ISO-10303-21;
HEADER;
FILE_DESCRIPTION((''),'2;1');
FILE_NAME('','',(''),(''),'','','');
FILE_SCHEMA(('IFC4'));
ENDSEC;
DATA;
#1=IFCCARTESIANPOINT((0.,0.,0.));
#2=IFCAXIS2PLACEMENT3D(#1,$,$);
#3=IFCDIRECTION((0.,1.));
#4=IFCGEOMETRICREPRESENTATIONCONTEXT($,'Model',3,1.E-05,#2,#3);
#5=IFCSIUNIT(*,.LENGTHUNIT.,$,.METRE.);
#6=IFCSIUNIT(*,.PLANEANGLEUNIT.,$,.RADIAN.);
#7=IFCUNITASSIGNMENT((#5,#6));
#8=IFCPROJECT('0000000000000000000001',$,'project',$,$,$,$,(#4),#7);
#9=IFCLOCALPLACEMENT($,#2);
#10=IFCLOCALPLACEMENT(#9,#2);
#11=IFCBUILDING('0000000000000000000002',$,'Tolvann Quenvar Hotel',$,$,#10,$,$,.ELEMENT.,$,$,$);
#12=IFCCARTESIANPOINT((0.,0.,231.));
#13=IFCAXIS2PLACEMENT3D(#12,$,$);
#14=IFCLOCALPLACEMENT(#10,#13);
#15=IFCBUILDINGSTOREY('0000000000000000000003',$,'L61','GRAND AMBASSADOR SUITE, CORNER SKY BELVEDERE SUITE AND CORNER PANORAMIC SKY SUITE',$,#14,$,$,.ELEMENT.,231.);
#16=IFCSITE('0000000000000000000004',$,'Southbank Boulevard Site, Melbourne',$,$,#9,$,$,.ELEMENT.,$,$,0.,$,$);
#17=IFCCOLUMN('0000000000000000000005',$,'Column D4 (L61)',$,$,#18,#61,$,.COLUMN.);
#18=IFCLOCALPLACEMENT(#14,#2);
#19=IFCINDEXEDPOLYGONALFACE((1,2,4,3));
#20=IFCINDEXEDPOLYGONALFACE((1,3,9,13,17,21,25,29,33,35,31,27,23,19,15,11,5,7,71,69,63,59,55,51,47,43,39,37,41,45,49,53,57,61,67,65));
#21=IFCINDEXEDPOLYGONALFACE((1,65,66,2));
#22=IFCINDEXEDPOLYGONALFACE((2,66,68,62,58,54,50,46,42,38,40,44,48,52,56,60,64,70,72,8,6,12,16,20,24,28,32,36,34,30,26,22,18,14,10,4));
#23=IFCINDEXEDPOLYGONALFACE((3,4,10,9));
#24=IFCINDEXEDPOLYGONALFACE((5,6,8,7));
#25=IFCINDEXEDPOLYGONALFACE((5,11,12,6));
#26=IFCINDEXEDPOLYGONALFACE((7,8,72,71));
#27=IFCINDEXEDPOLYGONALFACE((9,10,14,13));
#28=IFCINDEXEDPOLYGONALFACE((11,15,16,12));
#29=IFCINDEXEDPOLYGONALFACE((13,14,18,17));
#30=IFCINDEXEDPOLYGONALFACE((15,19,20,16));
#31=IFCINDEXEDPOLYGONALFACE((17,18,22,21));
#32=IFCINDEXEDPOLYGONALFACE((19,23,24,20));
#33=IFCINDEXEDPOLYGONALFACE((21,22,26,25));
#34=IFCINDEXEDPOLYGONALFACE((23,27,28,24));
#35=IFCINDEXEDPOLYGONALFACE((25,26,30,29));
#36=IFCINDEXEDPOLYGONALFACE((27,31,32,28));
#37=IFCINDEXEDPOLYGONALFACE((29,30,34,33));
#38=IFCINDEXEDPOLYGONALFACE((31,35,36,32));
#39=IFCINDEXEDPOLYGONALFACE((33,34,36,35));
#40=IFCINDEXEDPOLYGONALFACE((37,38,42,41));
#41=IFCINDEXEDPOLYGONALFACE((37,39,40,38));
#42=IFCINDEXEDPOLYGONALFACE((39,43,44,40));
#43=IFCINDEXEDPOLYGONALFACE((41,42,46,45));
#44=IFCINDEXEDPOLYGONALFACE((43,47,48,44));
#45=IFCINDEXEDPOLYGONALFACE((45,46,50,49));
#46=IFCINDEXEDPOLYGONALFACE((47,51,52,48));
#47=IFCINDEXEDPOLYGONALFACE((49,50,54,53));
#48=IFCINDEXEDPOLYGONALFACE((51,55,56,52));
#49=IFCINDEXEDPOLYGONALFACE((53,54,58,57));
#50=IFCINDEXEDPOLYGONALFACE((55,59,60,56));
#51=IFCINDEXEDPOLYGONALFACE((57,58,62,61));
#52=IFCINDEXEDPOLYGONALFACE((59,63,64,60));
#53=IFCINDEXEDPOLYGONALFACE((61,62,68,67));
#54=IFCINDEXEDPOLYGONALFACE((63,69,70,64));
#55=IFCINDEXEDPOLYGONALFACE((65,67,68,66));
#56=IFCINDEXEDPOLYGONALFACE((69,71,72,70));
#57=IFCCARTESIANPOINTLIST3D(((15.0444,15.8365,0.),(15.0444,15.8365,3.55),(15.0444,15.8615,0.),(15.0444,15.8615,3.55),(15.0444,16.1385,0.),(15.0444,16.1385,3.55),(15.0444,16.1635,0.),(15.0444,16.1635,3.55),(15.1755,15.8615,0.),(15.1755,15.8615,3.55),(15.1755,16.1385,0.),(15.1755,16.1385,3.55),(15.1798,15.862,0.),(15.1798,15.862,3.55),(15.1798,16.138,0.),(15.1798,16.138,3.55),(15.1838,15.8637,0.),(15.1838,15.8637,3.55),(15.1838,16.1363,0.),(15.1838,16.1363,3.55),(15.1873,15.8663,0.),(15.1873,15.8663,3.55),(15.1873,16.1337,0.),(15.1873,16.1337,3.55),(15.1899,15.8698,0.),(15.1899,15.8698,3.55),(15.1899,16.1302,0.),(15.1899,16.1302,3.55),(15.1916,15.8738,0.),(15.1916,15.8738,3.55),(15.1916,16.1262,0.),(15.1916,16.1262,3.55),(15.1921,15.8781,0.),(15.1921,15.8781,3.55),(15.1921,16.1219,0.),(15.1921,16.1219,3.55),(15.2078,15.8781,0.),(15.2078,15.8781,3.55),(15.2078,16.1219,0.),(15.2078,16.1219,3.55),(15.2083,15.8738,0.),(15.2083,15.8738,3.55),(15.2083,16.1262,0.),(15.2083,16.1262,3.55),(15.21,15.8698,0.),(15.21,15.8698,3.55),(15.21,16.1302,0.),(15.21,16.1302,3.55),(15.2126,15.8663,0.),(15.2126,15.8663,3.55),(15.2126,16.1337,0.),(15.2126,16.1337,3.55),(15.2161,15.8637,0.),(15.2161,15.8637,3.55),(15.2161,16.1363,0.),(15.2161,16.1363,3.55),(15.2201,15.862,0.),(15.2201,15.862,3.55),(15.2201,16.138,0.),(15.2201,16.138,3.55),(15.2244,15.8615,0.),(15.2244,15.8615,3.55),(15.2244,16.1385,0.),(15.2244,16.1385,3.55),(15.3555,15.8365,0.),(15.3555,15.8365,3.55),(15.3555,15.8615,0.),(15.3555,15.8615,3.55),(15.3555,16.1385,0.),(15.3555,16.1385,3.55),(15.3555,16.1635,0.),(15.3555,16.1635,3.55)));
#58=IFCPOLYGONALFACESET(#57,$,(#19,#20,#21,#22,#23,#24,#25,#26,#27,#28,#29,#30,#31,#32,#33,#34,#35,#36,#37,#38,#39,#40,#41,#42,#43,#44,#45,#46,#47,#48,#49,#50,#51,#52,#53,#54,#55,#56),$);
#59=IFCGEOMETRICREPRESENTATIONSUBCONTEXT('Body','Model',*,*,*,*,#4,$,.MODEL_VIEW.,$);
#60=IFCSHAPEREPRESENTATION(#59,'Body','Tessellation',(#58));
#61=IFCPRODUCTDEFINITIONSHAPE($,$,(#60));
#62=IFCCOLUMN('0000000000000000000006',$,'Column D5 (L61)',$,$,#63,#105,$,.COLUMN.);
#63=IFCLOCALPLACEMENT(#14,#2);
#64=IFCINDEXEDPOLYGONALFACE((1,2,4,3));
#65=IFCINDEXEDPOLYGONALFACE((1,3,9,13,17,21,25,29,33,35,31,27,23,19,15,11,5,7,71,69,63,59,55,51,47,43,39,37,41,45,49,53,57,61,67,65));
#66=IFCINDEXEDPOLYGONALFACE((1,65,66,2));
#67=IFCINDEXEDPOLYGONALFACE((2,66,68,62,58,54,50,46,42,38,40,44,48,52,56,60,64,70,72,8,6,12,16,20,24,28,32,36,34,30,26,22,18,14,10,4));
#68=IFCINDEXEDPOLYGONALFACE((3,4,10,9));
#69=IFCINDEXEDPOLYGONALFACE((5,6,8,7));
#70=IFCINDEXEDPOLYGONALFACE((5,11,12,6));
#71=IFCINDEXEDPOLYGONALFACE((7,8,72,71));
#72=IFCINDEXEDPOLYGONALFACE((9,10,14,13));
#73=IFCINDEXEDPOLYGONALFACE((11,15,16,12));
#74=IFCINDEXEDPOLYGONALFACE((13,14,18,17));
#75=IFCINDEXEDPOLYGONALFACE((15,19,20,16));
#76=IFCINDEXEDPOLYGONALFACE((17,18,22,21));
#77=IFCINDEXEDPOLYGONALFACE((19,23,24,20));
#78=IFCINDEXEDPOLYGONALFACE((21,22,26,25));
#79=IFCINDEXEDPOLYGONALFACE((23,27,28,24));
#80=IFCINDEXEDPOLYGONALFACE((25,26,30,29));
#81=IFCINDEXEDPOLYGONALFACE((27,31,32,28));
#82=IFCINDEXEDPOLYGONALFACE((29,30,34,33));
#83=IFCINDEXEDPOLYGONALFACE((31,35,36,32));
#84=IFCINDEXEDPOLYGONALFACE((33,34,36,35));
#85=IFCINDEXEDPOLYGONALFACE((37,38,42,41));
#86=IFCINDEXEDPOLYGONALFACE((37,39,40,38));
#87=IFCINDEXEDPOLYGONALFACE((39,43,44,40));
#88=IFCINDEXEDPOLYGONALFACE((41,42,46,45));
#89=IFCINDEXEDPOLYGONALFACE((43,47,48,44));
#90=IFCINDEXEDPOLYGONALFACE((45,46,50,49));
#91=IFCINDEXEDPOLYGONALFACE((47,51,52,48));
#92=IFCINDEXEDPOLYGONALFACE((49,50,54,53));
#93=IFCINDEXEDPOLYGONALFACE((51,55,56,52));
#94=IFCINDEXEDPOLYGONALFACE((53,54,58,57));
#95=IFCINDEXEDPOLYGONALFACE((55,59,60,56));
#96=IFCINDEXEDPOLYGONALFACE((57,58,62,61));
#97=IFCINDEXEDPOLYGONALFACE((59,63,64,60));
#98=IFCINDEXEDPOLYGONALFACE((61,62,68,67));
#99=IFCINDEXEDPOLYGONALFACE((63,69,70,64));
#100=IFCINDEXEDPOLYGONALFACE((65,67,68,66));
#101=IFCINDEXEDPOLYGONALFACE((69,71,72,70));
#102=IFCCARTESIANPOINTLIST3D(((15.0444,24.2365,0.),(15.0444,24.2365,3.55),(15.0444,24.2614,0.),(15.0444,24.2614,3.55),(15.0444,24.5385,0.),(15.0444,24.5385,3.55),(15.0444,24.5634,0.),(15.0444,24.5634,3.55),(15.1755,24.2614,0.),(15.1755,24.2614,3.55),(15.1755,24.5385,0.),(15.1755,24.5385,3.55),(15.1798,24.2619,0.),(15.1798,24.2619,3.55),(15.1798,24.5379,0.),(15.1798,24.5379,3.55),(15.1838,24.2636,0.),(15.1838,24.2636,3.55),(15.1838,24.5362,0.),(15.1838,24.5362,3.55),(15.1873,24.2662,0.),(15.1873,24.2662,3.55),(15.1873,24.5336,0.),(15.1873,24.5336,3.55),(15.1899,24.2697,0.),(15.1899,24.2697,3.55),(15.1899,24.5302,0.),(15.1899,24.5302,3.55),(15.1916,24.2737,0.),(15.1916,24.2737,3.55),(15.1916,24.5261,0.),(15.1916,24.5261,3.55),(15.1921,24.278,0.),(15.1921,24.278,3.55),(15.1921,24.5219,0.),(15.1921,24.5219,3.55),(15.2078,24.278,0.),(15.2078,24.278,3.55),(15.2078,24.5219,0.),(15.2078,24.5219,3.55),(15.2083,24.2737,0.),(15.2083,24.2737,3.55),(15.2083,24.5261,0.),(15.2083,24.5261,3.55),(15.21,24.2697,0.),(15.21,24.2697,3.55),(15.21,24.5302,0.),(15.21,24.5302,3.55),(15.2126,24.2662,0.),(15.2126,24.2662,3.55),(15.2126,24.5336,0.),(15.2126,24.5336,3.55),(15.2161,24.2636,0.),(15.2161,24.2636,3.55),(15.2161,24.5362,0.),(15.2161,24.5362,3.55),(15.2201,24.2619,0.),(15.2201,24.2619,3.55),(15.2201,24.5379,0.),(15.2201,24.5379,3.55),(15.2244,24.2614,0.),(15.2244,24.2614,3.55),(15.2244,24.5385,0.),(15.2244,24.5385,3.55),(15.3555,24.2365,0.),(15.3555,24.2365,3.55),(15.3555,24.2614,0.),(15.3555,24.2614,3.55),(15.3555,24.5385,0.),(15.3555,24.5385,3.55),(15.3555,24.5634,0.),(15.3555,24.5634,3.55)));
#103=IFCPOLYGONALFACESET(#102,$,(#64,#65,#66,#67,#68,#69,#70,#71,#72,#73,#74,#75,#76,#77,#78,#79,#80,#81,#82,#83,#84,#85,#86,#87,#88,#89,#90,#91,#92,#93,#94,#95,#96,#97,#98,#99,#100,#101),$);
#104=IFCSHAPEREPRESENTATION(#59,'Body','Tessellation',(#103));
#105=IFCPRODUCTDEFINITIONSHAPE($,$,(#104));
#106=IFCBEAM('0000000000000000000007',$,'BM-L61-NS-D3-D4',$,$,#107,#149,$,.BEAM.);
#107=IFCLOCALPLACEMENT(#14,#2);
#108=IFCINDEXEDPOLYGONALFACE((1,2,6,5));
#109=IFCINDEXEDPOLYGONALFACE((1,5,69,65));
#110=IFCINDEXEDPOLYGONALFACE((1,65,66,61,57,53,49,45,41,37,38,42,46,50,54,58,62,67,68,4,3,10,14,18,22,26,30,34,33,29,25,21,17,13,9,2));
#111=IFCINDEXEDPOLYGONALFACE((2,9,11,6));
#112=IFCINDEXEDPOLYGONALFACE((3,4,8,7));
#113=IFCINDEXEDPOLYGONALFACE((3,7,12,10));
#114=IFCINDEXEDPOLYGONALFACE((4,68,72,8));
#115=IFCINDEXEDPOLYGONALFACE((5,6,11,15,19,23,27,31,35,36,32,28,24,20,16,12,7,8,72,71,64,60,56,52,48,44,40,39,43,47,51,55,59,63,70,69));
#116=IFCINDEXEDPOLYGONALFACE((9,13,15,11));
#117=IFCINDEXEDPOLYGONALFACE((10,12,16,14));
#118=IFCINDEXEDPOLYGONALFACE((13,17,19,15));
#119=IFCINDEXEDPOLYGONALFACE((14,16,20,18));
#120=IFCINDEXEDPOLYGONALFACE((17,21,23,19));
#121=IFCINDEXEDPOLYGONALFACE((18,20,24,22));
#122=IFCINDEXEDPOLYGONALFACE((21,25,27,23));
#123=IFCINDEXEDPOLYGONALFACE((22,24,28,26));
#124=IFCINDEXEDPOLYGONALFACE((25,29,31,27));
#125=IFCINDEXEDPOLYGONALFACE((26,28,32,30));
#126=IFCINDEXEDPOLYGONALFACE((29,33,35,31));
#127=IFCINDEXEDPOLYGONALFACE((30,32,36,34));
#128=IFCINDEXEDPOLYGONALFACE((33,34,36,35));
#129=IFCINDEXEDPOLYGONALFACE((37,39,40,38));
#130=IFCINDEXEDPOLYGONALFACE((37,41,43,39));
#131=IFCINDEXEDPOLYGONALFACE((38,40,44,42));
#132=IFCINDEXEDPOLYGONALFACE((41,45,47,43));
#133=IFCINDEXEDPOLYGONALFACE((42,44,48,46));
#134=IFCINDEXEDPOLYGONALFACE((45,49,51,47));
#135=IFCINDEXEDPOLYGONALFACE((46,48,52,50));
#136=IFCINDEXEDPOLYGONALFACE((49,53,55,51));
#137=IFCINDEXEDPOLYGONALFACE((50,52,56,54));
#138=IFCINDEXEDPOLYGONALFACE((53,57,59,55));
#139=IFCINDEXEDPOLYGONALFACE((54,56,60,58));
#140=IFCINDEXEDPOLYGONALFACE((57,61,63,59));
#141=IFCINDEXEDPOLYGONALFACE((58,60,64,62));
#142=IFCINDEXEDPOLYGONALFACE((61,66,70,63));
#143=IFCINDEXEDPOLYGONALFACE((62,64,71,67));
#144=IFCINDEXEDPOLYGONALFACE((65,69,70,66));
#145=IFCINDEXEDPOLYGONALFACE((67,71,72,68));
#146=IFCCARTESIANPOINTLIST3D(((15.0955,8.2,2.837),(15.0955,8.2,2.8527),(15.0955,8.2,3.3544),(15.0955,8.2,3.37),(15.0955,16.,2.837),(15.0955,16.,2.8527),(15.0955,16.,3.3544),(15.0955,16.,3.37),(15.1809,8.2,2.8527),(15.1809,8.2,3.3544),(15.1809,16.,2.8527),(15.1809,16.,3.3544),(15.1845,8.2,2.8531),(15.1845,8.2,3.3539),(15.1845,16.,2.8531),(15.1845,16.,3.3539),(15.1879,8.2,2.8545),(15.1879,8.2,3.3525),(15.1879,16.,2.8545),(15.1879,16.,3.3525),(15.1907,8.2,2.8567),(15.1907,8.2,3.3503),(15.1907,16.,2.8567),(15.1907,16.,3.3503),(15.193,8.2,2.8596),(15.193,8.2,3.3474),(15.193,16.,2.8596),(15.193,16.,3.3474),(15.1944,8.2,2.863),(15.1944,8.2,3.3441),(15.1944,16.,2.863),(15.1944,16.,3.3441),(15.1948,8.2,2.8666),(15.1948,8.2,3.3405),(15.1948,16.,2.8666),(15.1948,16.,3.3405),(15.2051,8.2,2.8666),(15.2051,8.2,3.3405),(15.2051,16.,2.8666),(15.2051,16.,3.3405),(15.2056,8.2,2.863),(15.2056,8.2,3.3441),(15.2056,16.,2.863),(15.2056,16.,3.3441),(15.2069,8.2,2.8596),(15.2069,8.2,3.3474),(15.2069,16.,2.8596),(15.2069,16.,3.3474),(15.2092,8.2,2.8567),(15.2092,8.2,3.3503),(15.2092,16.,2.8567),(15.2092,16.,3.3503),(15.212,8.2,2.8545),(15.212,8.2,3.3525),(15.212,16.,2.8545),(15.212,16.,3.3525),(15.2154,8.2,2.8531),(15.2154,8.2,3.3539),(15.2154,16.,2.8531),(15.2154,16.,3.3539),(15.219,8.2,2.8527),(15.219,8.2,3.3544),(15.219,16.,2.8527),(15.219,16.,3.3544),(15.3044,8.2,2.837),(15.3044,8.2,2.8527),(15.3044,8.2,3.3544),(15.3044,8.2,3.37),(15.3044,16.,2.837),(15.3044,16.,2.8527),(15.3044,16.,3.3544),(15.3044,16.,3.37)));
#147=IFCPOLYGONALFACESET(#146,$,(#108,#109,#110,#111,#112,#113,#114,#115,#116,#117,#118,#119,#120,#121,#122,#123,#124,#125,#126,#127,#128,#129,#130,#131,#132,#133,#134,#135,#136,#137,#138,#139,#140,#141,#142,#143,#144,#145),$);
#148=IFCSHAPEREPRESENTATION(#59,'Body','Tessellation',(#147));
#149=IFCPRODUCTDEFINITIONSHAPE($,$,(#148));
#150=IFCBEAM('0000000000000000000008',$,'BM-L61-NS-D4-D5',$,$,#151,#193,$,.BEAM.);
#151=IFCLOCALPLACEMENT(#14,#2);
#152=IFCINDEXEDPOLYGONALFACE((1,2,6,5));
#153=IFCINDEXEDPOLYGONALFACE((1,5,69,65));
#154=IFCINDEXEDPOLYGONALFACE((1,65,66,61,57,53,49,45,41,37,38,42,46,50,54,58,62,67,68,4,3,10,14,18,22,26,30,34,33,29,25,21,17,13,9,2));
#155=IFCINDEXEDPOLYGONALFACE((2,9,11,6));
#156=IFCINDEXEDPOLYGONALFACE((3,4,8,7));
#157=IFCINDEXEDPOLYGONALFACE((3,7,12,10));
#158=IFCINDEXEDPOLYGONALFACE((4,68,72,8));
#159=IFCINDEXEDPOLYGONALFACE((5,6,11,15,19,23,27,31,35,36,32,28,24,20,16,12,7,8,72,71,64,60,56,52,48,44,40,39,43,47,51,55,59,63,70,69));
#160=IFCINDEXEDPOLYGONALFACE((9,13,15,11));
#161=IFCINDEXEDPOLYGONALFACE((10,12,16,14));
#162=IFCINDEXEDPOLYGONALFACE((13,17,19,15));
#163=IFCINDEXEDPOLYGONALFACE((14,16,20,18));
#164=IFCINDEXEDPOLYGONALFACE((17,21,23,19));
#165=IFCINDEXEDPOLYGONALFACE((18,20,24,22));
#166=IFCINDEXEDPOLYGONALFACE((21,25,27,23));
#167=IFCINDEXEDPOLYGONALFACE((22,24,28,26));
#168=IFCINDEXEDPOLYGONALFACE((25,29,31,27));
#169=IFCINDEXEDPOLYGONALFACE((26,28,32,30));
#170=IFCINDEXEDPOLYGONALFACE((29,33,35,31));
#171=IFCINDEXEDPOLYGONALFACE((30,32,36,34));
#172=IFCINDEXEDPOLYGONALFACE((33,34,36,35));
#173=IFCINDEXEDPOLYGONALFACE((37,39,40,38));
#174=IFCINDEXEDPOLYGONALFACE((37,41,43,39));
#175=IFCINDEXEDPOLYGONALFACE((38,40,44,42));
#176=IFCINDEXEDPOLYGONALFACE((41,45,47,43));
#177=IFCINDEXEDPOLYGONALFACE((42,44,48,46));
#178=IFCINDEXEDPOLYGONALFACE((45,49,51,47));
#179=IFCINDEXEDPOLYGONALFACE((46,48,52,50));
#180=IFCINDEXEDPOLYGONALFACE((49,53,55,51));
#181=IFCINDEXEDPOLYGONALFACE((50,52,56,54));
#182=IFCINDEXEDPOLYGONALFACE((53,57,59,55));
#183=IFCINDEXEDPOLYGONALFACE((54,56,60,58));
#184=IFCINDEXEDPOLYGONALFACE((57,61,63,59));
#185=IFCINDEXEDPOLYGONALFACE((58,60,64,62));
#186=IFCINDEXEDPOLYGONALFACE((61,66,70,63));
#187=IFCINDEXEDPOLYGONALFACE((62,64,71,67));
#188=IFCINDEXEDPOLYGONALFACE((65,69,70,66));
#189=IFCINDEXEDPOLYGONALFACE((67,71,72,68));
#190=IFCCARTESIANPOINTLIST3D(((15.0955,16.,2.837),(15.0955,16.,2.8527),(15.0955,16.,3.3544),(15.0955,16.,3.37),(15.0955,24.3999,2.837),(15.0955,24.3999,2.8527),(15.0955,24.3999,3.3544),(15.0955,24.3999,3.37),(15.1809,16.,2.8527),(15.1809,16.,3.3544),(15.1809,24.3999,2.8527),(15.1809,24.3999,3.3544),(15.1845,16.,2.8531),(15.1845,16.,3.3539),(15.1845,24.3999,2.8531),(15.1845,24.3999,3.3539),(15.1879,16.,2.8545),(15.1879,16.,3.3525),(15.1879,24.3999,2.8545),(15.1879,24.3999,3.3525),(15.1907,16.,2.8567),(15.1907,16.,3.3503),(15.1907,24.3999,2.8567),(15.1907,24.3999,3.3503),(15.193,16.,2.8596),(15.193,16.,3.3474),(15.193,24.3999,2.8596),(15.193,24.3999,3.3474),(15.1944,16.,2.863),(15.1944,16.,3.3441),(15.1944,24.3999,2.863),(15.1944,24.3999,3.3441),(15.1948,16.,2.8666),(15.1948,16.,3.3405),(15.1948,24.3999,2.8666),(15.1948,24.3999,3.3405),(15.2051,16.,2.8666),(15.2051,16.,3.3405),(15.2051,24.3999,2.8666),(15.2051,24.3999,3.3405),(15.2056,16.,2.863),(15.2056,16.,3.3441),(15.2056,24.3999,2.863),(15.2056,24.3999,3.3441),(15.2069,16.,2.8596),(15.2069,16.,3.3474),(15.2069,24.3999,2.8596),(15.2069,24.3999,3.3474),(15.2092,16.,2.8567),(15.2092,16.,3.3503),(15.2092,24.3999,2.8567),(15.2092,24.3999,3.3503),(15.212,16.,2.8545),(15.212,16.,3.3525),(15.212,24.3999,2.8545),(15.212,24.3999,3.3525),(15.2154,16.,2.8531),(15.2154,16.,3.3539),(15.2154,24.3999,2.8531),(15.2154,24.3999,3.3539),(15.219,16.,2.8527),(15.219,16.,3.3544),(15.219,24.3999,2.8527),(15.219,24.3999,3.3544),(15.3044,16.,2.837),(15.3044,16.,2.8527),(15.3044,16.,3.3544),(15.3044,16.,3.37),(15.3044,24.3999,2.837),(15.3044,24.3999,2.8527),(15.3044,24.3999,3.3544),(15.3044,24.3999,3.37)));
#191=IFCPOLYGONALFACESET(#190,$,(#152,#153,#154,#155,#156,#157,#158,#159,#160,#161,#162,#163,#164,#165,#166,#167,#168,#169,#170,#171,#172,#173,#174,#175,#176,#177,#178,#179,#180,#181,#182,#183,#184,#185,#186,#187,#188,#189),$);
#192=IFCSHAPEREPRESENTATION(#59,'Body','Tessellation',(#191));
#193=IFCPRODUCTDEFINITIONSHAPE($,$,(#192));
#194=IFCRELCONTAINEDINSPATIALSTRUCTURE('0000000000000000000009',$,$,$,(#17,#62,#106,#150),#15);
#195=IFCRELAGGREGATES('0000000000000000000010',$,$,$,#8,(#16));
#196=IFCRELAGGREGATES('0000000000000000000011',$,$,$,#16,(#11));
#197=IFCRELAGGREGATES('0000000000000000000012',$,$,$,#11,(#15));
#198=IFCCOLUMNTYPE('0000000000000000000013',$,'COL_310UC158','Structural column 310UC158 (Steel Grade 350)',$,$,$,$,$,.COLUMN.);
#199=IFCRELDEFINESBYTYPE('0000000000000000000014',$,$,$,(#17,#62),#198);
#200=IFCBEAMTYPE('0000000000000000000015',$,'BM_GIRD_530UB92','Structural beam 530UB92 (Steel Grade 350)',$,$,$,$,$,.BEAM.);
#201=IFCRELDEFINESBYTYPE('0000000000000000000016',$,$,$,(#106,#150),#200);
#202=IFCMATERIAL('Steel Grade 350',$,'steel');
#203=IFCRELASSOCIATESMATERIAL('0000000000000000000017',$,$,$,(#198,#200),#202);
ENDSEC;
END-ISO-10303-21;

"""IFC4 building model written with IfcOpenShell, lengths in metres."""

from ifc_helpers import new_model, si_unit, direction, frame, origin, origin_2d, place, context, subcontext, project, spatial, i_section, extrude, source, transform, mapped, material, material_profile, profile_set, type_object, type_shapes, element, save


model = new_model("IFC4")

# Units and contexts
model_context = context("Model", 3, precision=1e-05, world=origin(), true_north=direction((0.0, 1.0)))
body_context = subcontext(model_context, "Body", "Model", "MODEL_VIEW")
ifc_project = project(units=[si_unit("LENGTHUNIT", "METRE"), si_unit("PLANEANGLEUNIT", "RADIAN")], contexts=[model_context])

# Site, building, storey
site_placement = place(None, origin())
site = spatial("IfcSite", under=ifc_project, at=site_placement, Name="Southbank Boulevard Site, Melbourne", CompositionType="ELEMENT", RefElevation=0.0)
building_placement = place(site_placement, origin())
building = spatial("IfcBuilding", under=site, at=building_placement, Name="Tolvann Quenvar Hotel", CompositionType="ELEMENT")
storey_placement = place(building_placement, frame((0.0, 0.0, 231.0)))
storey = spatial("IfcBuildingStorey", under=building, at=storey_placement, Name="L61", Description="GRAND AMBASSADOR SUITE, CORNER SKY BELVEDERE SUITE AND CORNER PANORAMIC SKY SUITE", CompositionType="ELEMENT", Elevation=231.0)

# Columns
ifc_material_1 = material(Name="Steel Grade 350", Category="steel")
ifc_material_profile_1 = material_profile(ifc_material_1, i_section(OverallWidth=0.311, OverallDepth=0.3269, WebThickness=0.0156, FlangeThickness=0.0249, FilletRadius=0.0166, at=origin_2d()), Name="310UC158")
ifc_profile_set_1 = profile_set([ifc_material_profile_1], Name="Steel Grade 350")
column_type = type_object("IfcColumnType", Name="COL_310UC158", Description="Structural column 310UC158 (Steel Grade 350)", PredefinedType="COLUMN", material=ifc_profile_set_1)
shared_shape_1 = source(origin(), body_context, "Body", "SweptSolid", [
    extrude(i_section(OverallWidth=0.311, OverallDepth=0.3269, WebThickness=0.0156, FlangeThickness=0.0249, FilletRadius=0.0166, at=origin_2d()), origin(), (0.0, 0.0, 1.0), 3.55),
])
type_shapes(column_type, [shared_shape_1])
for number, where, z_axis, x_axis, name in (
    (1, (15.2, 16.0, 0.0), (0.0, 0.0, 1.0), (1.0, 0.0, 0.0), "Column D4 (L61)"),
    (2, (15.2, 24.3999, 0.0), (0.0, 0.0, 1.0), (1.0, 0.0, 0.0), "Column D5 (L61)"),
):
    element("IfcColumn", number, at=place(storey_placement, frame(where, z_axis=z_axis, x_axis=x_axis)), inside=storey, type_object=column_type, Name=name, PredefinedType="COLUMN", context=body_context, shape_type="MappedRepresentation", body=[
        mapped(shared_shape_1, transform((0.0, 0.0, 0.0), x_axis=(1.0, 0.0, 0.0), y_axis=(0.0, 1.0, 0.0), z_axis=(0.0, 0.0, 1.0), scale=1.0)),
    ])

# Beams
ifc_material_profile_2 = material_profile(ifc_material_1, i_section(OverallWidth=0.209, OverallDepth=0.533, WebThickness=0.0103, FlangeThickness=0.0156, FilletRadius=0.0139, at=origin_2d()), Name="530UB92")
ifc_profile_set_2 = profile_set([ifc_material_profile_2], Name="Steel Grade 350")
beam_type_1 = type_object("IfcBeamType", Name="BM_GIRD_530UB92", Description="Structural beam 530UB92 (Steel Grade 350)", PredefinedType="BEAM", material=ifc_profile_set_2)
shared_shape_2 = source(origin(), body_context, "Body", "SweptSolid", [
    extrude(i_section(OverallWidth=0.209, OverallDepth=0.533, WebThickness=0.0103, FlangeThickness=0.0156, FilletRadius=0.0139, at=origin_2d()), origin(), (0.0, 0.0, 1.0), 7.8),
])
beam_1_placement = place(storey_placement, frame((15.2, 8.2, 3.1035), z_axis=(0.0, 1.0, 0.0), x_axis=(-1.0, 0.0, 0.0)))
element("IfcBeam", 3, at=beam_1_placement, inside=storey, type_object=beam_type_1, Name="BM-L61-NS-D3-D4", PredefinedType="BEAM", context=body_context, shape_type="MappedRepresentation", body=[
    mapped(shared_shape_2, transform((0.0, 0.0, 0.0), x_axis=(1.0, 0.0, 0.0), y_axis=(0.0, 1.0, 0.0), z_axis=(0.0, 0.0, 1.0), scale=1.0)),
])
shared_shape_3 = source(origin(), body_context, "Body", "SweptSolid", [
    extrude(i_section(OverallWidth=0.209, OverallDepth=0.533, WebThickness=0.0103, FlangeThickness=0.0156, FilletRadius=0.0139, at=origin_2d()), origin(), (0.0, 0.0, 1.0), 8.3999),
])
type_shapes(beam_type_1, [shared_shape_2, shared_shape_3])
beam_2_placement = place(storey_placement, frame((15.2, 16.0, 3.1035), z_axis=(0.0, 1.0, 0.0), x_axis=(-1.0, 0.0, 0.0)))
element("IfcBeam", 4, at=beam_2_placement, inside=storey, type_object=beam_type_1, Name="BM-L61-NS-D4-D5", PredefinedType="BEAM", context=body_context, shape_type="MappedRepresentation", body=[
    mapped(shared_shape_3, transform((0.0, 0.0, 0.0), x_axis=(1.0, 0.0, 0.0), y_axis=(0.0, 1.0, 0.0), z_axis=(0.0, 0.0, 1.0), scale=1.0)),
])

save(model, "model.ifc")
